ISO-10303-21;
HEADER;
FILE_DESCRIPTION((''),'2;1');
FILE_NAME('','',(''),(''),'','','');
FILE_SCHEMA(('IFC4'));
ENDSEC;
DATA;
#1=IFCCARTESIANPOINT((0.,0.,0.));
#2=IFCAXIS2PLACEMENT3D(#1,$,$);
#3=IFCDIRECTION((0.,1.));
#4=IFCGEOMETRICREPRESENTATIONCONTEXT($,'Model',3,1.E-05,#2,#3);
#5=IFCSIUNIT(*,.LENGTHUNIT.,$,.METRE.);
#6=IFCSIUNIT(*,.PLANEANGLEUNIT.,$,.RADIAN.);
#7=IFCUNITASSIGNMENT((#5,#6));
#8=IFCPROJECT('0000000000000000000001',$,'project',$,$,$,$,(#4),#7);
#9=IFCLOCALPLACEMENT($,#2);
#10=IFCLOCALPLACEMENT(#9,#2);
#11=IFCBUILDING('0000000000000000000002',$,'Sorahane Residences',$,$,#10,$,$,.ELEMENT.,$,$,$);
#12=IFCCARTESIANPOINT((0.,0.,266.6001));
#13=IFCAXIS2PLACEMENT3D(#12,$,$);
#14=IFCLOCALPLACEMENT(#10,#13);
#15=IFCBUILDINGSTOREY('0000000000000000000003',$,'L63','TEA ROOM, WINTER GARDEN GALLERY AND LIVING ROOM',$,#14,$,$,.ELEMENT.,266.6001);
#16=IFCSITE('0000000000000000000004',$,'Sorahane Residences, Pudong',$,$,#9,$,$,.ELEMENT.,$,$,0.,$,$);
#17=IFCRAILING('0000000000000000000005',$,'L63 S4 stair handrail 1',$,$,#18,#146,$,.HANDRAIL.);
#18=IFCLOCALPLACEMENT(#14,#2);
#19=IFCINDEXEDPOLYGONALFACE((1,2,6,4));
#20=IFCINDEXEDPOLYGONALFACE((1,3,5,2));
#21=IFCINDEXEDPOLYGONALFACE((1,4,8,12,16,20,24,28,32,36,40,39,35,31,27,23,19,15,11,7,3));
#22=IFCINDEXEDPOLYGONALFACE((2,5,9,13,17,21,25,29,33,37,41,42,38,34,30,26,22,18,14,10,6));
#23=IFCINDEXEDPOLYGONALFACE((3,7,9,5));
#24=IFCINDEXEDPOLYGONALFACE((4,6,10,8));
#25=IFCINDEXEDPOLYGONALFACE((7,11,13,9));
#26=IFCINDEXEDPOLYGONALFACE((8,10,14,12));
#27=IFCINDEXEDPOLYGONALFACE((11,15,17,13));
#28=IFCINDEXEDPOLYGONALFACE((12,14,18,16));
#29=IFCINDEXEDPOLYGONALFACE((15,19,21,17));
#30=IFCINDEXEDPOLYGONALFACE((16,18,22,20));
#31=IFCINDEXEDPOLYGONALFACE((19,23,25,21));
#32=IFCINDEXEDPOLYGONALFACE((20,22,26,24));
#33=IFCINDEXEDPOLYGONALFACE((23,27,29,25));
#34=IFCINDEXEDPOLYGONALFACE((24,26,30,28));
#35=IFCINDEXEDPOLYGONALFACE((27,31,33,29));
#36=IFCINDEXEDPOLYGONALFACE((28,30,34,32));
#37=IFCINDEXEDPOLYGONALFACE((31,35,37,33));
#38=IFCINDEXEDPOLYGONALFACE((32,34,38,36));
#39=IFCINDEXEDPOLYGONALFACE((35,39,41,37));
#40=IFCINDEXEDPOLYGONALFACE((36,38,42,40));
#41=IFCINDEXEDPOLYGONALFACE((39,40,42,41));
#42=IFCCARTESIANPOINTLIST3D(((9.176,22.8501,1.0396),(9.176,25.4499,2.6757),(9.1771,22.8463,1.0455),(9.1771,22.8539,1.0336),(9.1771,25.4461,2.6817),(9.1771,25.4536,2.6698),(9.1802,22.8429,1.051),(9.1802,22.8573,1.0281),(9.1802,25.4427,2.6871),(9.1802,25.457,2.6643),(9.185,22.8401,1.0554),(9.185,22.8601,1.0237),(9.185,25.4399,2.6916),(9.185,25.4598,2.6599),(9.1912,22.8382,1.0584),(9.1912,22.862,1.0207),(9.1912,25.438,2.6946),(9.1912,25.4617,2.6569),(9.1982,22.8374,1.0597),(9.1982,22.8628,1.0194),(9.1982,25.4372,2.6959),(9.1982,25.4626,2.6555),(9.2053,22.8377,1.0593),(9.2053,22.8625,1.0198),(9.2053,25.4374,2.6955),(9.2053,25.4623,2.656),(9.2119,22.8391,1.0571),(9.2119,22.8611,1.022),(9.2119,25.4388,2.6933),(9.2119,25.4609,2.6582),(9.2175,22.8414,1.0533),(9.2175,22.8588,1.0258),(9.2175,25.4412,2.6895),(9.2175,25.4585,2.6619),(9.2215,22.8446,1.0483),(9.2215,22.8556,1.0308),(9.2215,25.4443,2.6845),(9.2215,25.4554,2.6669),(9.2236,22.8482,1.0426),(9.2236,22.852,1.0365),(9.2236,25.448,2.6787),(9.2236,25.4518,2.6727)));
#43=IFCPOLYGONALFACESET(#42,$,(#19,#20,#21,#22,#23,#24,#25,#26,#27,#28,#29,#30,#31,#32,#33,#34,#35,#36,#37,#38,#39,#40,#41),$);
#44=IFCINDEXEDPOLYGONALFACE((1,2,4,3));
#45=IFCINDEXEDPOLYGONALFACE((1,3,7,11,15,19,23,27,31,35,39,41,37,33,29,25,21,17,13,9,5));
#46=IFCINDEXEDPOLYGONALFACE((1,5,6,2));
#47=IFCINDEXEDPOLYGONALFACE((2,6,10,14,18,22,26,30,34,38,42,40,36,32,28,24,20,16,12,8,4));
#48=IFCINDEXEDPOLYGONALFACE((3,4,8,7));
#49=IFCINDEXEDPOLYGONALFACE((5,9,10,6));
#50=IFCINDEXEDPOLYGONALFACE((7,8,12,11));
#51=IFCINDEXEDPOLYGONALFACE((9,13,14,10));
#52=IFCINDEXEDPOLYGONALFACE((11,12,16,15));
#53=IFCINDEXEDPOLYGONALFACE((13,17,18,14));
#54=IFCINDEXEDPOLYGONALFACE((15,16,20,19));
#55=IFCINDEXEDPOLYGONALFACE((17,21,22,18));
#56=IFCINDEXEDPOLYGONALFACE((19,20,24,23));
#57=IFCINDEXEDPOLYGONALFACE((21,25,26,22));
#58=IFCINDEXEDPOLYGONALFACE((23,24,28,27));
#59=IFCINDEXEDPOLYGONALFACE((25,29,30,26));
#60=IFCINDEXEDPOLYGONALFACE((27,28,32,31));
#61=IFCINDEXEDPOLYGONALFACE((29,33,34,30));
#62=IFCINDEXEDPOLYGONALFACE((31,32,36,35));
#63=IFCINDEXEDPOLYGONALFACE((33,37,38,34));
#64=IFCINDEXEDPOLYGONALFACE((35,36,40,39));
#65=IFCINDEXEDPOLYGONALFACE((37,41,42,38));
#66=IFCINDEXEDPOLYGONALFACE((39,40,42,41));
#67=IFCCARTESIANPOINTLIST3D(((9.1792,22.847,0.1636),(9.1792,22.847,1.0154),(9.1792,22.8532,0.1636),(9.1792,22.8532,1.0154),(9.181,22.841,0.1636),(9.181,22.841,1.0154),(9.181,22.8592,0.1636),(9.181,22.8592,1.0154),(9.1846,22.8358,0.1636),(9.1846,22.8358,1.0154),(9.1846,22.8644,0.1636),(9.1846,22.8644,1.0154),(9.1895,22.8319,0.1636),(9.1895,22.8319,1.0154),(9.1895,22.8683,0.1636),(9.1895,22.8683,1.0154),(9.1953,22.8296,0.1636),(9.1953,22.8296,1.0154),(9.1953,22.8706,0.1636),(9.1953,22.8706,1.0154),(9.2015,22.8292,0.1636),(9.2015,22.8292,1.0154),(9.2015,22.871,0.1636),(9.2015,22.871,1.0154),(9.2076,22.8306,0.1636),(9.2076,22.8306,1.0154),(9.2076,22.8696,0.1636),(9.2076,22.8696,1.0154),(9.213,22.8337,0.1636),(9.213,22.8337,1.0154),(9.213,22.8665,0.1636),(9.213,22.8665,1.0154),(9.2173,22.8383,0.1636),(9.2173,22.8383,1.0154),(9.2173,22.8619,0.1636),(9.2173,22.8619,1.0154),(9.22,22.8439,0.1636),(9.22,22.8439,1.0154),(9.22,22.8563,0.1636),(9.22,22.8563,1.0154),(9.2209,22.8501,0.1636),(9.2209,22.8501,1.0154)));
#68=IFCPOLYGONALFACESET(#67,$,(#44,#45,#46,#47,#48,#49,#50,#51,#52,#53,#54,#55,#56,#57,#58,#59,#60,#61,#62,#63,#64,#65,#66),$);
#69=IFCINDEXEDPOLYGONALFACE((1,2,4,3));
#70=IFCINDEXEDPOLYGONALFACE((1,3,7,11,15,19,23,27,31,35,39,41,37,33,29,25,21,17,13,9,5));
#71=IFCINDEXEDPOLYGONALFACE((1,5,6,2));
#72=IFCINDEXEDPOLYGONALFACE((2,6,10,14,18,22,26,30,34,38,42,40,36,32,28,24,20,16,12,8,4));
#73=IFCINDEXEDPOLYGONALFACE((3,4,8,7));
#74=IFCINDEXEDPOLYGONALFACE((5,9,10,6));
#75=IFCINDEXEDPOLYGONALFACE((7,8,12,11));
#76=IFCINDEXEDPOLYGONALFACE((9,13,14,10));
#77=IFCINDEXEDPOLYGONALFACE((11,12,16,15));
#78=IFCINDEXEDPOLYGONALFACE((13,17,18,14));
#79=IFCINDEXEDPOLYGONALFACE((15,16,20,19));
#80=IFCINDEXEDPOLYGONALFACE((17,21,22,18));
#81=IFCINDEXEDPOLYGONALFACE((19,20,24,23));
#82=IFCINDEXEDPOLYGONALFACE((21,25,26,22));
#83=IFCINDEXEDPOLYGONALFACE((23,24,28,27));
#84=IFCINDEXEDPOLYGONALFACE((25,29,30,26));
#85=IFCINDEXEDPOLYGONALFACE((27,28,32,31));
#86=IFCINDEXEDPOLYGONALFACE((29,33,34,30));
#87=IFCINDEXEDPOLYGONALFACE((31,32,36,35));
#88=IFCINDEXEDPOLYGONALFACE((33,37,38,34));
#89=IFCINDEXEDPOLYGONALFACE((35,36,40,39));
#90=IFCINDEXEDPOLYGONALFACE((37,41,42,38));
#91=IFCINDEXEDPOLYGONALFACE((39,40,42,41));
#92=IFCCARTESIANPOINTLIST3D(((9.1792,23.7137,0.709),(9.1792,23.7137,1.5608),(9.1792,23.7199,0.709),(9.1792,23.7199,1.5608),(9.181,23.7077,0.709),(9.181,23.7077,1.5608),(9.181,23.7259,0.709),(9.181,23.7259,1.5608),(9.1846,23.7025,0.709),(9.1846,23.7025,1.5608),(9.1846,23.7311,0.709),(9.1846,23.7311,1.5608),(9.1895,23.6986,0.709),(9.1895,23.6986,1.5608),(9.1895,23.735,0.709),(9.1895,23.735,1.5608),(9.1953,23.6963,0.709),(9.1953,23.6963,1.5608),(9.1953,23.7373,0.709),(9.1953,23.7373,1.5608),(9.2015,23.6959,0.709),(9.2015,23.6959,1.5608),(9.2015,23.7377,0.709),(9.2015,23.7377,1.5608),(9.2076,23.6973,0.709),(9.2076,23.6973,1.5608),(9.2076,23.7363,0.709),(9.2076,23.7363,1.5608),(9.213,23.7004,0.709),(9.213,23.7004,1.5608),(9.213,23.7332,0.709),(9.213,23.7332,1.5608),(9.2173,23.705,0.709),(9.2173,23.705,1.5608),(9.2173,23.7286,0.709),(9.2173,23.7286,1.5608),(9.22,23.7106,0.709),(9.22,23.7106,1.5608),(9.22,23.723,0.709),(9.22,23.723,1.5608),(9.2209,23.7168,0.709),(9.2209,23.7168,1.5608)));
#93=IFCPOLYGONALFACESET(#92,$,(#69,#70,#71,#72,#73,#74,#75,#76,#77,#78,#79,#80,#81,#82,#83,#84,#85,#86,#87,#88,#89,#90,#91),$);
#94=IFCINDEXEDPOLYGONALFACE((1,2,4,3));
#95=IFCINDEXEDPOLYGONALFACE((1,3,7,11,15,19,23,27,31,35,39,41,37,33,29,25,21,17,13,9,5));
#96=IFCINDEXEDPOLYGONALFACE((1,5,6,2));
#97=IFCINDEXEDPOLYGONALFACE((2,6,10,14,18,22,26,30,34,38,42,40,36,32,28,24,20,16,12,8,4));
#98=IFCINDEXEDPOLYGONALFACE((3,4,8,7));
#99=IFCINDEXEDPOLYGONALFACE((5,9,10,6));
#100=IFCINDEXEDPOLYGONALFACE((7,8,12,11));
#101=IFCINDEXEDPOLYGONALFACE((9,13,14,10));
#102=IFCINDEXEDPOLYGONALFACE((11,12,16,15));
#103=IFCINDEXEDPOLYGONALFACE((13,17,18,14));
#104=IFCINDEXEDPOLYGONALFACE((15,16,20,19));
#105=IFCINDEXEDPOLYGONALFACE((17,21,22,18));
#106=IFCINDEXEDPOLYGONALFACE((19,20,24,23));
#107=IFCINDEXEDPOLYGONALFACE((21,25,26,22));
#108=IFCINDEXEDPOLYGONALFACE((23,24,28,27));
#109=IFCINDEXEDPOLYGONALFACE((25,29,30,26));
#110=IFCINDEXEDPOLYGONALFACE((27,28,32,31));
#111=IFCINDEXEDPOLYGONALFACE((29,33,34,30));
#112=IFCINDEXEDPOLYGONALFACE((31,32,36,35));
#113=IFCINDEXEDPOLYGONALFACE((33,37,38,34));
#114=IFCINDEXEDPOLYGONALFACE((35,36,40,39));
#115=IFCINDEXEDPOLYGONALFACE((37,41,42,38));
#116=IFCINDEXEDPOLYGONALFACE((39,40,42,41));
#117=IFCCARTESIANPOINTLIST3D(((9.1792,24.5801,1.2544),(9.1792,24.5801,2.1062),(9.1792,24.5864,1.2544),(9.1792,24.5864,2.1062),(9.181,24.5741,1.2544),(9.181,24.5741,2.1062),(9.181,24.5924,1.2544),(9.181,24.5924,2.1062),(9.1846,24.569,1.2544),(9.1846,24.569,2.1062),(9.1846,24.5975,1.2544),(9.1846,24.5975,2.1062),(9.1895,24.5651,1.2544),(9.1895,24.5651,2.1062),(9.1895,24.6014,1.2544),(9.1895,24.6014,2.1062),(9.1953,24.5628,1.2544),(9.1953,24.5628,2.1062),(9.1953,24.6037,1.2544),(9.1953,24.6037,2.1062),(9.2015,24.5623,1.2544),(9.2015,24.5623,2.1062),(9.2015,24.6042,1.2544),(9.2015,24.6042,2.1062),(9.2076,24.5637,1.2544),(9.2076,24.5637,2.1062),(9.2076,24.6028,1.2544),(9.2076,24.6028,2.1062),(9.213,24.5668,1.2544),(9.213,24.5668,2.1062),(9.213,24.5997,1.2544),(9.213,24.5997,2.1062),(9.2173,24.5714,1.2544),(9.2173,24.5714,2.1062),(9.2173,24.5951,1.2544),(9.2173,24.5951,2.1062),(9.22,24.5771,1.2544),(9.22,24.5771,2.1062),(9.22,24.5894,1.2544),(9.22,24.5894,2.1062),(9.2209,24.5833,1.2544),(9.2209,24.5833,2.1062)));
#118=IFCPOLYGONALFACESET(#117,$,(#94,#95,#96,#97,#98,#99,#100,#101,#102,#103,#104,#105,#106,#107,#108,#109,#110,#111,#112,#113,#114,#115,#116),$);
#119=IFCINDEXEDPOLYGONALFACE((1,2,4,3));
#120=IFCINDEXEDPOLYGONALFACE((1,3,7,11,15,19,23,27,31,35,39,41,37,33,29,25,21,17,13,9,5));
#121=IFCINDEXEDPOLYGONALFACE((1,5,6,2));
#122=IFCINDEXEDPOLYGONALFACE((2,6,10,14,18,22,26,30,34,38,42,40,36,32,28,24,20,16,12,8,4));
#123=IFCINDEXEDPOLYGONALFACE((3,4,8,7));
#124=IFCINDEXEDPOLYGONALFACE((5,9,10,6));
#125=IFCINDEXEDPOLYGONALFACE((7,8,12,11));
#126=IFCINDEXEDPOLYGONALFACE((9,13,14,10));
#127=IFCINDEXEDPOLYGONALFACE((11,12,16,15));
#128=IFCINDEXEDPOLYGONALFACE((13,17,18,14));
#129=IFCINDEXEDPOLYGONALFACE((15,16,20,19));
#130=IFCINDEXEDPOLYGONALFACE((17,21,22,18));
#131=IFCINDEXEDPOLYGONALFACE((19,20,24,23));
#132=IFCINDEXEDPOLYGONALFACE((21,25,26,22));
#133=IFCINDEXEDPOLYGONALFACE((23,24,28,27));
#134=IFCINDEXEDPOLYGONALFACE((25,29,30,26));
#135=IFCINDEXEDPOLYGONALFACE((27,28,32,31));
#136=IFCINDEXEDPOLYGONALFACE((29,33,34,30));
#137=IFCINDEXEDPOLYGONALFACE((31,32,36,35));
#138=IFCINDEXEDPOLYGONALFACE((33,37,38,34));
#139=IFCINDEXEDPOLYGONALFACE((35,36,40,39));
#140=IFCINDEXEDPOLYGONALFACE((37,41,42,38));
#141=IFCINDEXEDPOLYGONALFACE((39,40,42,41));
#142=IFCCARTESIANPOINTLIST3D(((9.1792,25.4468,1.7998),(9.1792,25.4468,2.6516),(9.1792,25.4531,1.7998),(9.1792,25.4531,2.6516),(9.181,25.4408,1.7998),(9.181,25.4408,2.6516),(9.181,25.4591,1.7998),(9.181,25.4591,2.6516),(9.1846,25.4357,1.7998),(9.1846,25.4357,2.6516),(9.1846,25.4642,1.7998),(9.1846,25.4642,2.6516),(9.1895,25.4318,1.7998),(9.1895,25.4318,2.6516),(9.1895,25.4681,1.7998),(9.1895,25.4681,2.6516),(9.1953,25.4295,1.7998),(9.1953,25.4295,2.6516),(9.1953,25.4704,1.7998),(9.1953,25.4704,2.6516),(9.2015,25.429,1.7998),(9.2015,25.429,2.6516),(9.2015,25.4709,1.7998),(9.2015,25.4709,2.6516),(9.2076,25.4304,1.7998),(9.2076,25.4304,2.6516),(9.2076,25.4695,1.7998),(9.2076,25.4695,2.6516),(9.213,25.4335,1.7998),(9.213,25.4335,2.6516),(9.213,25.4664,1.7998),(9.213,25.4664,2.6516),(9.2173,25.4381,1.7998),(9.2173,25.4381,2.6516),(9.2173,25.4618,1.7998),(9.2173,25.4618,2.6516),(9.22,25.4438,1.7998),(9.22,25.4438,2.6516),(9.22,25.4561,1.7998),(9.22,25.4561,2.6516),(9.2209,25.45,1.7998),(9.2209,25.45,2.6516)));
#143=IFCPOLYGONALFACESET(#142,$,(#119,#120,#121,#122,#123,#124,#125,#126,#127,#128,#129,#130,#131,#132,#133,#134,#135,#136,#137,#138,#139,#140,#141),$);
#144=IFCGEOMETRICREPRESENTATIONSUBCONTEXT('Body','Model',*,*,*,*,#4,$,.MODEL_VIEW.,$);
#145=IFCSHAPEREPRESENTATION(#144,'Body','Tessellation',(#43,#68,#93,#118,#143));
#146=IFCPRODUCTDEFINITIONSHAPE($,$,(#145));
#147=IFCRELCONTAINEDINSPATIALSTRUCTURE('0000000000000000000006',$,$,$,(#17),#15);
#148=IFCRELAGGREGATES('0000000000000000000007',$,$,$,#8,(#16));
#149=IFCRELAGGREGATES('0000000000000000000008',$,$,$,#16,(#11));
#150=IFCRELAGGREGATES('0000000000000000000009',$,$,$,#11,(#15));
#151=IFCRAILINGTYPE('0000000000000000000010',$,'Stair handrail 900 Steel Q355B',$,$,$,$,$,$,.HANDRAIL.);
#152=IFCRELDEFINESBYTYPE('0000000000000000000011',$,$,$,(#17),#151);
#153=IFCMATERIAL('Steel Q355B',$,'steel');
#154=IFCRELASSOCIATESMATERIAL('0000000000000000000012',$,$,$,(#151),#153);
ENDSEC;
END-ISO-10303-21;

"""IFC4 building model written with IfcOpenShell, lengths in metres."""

from ifc_helpers import new_model, si_unit, direction, frame, origin, origin_2d, place, context, subcontext, project, spatial, circle, extrude, material, type_object, element, save


model = new_model("IFC4")

# Units and contexts
model_context = context("Model", 3, precision=1e-05, world=origin(), true_north=direction((0.0, 1.0)))
body_context = subcontext(model_context, "Body", "Model", "MODEL_VIEW")
ifc_project = project(units=[si_unit("LENGTHUNIT", "METRE"), si_unit("PLANEANGLEUNIT", "RADIAN")], contexts=[model_context])

# Site, building, storey
site_placement = place(None, origin())
site = spatial("IfcSite", under=ifc_project, at=site_placement, Name="Sorahane Residences, Pudong", CompositionType="ELEMENT", RefElevation=0.0)
building_placement = place(site_placement, origin())
building = spatial("IfcBuilding", under=site, at=building_placement, Name="Sorahane Residences", CompositionType="ELEMENT")
storey_placement = place(building_placement, frame((0.0, 0.0, 266.6001)))
storey = spatial("IfcBuildingStorey", under=building, at=storey_placement, Name="L63", Description="TEA ROOM, WINTER GARDEN GALLERY AND LIVING ROOM", CompositionType="ELEMENT", Elevation=266.6001)

# Railing
ifc_material_1 = material(Name="Steel Q355B", Category="steel")
railing_type_1 = type_object("IfcRailingType", Name="Stair handrail 900 Steel Q355B", PredefinedType="HANDRAIL", material=ifc_material_1)
railing_1_placement = place(storey_placement, frame((9.2, 22.8501, 0.1636)))
element("IfcRailing", 1, at=railing_1_placement, inside=storey, type_object=railing_type_1, Name="L63 S4 stair handrail 1", PredefinedType="HANDRAIL", context=body_context, shape_type="SweptSolid", body=[
    extrude(circle(Radius=0.0239, at=origin_2d()), frame((0.0, 0.0, 0.876), z_axis=(0.0, 0.846338, 0.532647), x_axis=(-1.0, 0.0, 0.0)), (0.0, 0.0, 1.0), 3.0718),
    extrude(circle(Radius=0.021, at=origin_2d()), origin(), (0.0, 0.0, 1.0), 0.8518),
    extrude(circle(Radius=0.021, at=origin_2d()), frame((0.0, 0.8667, 0.5454)), (0.0, 0.0, 1.0), 0.8518),
    extrude(circle(Radius=0.021, at=origin_2d()), frame((0.0, 1.7332, 1.0908)), (0.0, 0.0, 1.0), 0.8518),
    extrude(circle(Radius=0.021, at=origin_2d()), frame((0.0, 2.5999, 1.6362)), (0.0, 0.0, 1.0), 0.8518),
])

save(model, "model.ifc")
